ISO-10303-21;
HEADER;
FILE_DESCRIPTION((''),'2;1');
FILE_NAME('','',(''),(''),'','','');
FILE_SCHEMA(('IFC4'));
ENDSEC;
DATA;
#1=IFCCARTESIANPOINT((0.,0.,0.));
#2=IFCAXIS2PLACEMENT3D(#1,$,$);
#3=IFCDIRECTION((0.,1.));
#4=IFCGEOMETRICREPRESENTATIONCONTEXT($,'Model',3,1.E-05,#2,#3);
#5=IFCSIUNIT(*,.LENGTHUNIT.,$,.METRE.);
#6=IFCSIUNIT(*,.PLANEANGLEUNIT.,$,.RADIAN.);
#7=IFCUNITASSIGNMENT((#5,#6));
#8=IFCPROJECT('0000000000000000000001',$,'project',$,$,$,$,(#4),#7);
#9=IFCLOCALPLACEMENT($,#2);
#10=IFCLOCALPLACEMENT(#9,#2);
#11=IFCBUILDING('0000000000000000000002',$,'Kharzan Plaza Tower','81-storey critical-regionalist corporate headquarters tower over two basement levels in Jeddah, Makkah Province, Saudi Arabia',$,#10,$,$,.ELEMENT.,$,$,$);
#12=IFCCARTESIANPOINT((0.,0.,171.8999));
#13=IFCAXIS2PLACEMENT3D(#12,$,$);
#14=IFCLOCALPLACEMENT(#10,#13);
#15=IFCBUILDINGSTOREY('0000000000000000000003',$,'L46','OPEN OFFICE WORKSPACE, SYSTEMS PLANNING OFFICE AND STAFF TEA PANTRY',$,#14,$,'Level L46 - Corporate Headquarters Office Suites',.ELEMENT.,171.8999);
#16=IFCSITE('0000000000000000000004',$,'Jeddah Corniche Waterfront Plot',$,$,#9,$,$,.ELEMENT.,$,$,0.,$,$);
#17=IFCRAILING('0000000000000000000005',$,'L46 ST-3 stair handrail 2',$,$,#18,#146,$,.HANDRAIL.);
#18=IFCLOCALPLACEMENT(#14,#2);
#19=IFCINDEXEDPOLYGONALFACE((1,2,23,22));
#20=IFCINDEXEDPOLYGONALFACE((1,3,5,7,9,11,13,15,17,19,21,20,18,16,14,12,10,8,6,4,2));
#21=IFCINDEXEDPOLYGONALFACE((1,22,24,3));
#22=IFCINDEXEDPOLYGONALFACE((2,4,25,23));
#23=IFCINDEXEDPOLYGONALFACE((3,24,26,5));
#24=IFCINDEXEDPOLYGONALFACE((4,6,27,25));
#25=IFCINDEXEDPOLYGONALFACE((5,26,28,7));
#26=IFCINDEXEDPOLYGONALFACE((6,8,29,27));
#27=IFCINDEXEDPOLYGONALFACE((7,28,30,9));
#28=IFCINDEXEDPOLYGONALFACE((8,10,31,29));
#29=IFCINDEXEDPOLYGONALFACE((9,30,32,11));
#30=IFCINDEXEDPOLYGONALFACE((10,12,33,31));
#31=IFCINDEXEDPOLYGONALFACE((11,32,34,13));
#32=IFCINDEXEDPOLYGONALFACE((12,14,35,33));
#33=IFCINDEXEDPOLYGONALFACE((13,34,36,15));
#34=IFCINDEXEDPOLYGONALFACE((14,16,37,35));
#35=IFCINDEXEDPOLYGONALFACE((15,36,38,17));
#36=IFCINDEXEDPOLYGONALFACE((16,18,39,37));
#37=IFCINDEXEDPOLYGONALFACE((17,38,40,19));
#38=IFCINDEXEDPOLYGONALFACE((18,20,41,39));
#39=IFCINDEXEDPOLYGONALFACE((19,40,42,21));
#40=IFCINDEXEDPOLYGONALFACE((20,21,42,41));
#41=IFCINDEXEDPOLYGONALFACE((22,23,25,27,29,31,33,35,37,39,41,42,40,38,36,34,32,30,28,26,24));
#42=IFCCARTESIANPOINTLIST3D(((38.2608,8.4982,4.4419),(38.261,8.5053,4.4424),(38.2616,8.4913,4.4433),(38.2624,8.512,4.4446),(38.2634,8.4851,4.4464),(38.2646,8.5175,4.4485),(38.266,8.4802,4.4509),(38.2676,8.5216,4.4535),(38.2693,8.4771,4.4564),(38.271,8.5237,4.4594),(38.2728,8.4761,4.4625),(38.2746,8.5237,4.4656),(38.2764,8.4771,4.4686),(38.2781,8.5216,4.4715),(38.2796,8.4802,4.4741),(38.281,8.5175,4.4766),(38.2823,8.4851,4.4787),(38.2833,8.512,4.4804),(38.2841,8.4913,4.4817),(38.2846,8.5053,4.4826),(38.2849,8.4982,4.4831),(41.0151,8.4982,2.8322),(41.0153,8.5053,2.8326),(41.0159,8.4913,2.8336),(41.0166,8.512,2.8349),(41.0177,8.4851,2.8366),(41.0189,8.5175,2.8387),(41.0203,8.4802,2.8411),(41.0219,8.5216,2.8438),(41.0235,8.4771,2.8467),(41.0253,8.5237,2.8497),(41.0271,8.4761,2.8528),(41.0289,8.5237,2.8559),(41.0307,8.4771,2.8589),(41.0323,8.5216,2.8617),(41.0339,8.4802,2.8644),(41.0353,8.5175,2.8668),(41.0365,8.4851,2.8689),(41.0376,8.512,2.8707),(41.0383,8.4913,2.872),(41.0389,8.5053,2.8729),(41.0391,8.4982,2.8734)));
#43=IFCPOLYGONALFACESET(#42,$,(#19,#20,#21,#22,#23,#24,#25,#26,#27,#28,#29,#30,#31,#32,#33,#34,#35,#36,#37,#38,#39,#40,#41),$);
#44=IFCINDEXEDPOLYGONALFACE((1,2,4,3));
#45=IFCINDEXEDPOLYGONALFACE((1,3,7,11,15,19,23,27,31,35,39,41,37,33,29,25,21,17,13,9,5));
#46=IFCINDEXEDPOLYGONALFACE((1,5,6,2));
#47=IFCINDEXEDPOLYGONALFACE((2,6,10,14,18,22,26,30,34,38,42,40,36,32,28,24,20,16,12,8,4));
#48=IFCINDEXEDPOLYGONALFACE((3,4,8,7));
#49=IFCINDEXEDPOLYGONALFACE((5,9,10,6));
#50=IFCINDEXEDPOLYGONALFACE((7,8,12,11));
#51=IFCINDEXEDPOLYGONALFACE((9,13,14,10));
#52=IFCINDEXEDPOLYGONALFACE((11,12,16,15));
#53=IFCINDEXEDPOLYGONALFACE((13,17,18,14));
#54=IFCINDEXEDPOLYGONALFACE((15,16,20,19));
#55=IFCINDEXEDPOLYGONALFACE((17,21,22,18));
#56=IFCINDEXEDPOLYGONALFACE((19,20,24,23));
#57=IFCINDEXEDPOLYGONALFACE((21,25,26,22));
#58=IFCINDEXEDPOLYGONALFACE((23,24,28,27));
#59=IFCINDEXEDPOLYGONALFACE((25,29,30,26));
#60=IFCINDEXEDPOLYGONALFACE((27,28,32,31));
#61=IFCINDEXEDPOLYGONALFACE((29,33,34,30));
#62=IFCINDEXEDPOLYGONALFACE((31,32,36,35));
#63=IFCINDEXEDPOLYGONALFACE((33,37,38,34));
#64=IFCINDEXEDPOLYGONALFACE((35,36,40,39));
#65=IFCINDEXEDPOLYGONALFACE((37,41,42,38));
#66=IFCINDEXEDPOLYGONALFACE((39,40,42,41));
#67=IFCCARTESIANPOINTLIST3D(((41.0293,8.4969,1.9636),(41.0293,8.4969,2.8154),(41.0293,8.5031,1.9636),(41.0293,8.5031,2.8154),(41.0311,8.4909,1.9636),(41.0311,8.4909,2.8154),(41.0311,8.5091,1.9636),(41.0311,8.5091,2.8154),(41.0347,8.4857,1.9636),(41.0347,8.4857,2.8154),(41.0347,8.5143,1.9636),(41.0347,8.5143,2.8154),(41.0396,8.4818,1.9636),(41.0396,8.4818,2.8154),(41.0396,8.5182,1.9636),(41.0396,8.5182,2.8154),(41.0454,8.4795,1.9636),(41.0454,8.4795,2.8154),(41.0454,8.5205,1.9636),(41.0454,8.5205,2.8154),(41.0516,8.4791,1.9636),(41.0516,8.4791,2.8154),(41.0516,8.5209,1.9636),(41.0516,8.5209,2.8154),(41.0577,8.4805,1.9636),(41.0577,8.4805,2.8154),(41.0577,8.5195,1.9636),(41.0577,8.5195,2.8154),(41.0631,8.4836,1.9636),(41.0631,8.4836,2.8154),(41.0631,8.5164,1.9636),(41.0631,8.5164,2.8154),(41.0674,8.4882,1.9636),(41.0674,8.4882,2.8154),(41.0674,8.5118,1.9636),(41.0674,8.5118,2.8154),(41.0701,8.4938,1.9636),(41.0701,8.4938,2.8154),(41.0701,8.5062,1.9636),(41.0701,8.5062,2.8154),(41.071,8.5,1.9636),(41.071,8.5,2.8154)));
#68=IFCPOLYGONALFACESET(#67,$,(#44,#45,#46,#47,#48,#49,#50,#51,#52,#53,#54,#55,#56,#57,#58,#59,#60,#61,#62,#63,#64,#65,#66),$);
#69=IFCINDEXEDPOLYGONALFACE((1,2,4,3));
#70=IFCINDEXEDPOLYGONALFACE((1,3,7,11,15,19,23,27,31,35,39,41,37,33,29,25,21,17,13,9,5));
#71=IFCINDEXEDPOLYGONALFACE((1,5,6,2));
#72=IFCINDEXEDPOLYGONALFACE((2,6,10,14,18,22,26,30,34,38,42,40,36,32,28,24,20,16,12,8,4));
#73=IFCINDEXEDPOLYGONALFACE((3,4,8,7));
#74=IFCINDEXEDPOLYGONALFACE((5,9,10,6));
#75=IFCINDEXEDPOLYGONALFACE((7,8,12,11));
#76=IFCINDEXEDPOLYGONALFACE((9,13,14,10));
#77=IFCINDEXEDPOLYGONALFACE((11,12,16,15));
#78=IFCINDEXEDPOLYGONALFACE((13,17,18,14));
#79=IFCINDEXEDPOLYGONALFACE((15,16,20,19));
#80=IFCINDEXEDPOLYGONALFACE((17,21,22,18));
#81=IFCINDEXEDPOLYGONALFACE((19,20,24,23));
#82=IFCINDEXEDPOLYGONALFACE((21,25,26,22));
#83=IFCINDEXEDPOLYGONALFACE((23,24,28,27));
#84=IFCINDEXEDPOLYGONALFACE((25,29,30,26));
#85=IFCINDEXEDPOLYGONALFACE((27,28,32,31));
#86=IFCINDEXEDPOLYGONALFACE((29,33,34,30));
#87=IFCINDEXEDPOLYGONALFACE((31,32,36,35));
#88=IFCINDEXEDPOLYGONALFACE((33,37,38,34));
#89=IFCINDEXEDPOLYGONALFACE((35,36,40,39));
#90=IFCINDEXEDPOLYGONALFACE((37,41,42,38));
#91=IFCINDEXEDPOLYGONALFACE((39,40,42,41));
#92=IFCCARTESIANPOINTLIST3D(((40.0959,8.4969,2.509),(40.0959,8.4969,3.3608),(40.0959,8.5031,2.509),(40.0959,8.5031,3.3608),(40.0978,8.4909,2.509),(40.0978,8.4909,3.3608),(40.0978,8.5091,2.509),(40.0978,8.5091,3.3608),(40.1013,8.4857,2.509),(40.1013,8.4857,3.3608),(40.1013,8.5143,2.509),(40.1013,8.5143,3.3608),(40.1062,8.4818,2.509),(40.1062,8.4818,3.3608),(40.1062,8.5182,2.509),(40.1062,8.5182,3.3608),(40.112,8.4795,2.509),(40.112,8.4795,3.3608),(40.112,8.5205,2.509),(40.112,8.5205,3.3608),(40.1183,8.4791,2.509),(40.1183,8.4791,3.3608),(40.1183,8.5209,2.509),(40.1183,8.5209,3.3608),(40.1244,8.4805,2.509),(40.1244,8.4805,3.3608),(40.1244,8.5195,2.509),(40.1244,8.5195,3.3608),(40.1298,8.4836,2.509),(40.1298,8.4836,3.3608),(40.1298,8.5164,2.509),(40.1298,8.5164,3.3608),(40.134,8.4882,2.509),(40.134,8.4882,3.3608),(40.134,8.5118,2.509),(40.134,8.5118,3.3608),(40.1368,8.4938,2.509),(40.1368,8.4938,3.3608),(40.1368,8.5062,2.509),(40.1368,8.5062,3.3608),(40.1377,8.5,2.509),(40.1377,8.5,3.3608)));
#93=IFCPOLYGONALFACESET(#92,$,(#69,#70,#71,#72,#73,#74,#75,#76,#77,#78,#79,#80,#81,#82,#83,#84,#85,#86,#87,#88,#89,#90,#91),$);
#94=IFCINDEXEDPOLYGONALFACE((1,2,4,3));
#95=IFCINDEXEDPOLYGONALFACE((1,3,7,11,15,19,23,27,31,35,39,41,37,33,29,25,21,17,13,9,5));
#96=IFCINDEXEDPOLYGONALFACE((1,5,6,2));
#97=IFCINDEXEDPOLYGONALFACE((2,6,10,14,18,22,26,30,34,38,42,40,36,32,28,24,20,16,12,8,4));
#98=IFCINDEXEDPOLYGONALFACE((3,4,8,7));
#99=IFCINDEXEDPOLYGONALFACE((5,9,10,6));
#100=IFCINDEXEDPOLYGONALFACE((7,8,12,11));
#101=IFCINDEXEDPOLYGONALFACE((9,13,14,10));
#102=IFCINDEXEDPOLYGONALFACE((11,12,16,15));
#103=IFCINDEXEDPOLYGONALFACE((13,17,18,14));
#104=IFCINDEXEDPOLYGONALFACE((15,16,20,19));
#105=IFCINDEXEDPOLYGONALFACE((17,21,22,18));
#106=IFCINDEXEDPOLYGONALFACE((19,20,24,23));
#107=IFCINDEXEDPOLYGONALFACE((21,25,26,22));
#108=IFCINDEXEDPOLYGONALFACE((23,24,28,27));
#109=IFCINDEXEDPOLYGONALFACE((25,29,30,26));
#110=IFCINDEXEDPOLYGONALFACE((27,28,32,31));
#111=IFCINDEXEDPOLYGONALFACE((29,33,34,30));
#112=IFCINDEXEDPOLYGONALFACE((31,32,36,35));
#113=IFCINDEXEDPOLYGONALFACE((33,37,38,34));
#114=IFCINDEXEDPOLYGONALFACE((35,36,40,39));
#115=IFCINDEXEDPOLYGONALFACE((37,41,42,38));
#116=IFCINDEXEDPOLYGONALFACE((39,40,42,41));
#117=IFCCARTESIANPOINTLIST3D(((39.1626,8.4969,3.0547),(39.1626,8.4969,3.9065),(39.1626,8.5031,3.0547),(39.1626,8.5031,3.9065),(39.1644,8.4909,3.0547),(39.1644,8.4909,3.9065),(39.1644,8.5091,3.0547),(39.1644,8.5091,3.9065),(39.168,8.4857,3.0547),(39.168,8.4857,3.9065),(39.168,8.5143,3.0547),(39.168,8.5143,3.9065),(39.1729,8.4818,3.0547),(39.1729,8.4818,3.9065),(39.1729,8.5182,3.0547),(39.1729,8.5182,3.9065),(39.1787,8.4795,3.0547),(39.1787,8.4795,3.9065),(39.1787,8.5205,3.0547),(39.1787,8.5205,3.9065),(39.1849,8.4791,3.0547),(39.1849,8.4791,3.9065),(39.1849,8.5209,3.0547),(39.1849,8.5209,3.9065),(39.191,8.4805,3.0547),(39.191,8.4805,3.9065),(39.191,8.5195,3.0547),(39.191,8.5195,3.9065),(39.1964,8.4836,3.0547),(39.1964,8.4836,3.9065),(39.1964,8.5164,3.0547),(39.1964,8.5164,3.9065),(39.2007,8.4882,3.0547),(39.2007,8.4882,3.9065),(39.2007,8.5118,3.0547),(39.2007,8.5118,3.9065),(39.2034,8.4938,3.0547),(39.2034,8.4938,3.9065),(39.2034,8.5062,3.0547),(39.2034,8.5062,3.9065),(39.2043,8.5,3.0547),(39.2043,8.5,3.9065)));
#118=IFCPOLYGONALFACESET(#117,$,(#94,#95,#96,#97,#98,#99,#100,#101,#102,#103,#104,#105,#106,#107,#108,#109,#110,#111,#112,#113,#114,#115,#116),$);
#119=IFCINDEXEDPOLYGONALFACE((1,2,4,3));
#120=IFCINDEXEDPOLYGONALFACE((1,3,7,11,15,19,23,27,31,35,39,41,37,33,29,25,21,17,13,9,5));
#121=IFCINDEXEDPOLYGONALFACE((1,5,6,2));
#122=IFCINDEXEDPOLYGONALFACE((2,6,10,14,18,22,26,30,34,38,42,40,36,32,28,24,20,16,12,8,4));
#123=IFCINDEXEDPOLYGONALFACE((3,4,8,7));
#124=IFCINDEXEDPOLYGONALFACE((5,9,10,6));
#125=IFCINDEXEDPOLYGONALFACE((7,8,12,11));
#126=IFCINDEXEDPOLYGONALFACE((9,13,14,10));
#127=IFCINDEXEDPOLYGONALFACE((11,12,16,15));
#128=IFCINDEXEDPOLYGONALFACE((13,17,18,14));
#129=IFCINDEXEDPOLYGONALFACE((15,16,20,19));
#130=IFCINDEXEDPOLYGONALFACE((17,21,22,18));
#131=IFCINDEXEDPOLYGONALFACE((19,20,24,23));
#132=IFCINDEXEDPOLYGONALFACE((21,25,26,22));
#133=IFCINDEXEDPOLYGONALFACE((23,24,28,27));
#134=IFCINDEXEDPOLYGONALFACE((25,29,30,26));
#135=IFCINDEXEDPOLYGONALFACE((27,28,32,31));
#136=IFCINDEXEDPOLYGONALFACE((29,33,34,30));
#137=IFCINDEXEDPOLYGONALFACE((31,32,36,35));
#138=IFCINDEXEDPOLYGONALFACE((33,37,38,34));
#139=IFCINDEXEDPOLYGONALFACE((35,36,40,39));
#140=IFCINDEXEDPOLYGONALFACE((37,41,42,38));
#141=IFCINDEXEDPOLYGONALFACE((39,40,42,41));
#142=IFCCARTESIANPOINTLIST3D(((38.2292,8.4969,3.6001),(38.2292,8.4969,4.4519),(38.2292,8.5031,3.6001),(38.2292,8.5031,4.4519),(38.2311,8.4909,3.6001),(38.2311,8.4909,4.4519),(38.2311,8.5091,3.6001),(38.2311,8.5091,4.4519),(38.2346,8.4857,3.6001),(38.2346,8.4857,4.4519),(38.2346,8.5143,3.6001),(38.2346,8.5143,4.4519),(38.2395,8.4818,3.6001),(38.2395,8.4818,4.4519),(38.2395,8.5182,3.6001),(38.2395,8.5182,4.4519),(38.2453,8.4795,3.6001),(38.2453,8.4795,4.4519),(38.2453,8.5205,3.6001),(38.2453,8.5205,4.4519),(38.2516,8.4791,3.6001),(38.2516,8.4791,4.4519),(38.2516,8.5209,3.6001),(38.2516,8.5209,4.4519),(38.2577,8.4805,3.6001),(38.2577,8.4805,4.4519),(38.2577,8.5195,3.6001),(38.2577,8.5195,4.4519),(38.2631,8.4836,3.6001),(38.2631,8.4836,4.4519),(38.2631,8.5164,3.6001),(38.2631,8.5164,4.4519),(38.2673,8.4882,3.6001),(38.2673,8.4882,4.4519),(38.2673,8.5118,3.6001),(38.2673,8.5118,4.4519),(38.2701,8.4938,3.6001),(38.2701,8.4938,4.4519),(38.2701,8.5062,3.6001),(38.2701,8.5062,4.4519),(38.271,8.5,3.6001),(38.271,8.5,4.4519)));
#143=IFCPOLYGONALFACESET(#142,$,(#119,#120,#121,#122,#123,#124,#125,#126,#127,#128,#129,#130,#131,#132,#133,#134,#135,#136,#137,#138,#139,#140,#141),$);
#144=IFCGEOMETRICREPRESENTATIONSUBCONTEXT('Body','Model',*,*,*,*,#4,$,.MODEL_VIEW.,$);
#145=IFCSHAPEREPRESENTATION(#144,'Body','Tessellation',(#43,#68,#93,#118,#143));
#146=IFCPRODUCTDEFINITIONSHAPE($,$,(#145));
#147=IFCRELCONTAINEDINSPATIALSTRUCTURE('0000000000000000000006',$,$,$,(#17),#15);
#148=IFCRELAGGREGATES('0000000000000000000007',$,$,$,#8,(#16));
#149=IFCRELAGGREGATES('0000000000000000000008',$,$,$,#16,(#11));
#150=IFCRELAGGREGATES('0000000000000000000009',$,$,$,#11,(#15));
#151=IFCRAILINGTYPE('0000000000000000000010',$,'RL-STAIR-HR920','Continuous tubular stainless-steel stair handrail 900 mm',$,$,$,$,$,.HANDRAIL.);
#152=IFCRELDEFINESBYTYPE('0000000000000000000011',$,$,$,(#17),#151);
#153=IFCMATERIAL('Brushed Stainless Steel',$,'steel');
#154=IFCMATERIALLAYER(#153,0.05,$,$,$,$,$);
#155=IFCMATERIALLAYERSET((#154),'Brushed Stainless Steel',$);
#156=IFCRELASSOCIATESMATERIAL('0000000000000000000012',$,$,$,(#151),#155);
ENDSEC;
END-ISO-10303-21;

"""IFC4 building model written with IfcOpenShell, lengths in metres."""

from ifc_helpers import new_model, si_unit, direction, frame, origin, origin_2d, place, context, subcontext, project, spatial, circle, extrude, source, transform, mapped, material, layer, layer_set, type_object, element, save


model = new_model("IFC4")

# Units and contexts
model_context = context("Model", 3, precision=1e-05, world=origin(), true_north=direction((0.0, 1.0)))
body_context = subcontext(model_context, "Body", "Model", "MODEL_VIEW")
ifc_project = project(units=[si_unit("LENGTHUNIT", "METRE"), si_unit("PLANEANGLEUNIT", "RADIAN")], contexts=[model_context])

# Site, building, storey
site_placement = place(None, origin())
site = spatial("IfcSite", under=ifc_project, at=site_placement, Name="Jeddah Corniche Waterfront Plot", CompositionType="ELEMENT", RefElevation=0.0)
building_placement = place(site_placement, origin())
building = spatial("IfcBuilding", under=site, at=building_placement, Name="Kharzan Plaza Tower", Description="81-storey critical-regionalist corporate headquarters tower over two basement levels in Jeddah, Makkah Province, Saudi Arabia", CompositionType="ELEMENT")
storey_placement = place(building_placement, frame((0.0, 0.0, 171.8999)))
storey = spatial("IfcBuildingStorey", under=building, at=storey_placement, Name="L46", Description="OPEN OFFICE WORKSPACE, SYSTEMS PLANNING OFFICE AND STAFF TEA PANTRY", LongName="Level L46 - Corporate Headquarters Office Suites", CompositionType="ELEMENT", Elevation=171.8999)

# Shared definitions
ifc_material_1 = material(Name="Brushed Stainless Steel", Category="steel")

# Railing
ifc_layer_1 = layer(ifc_material_1, 0.05)
ifc_layer_set_1 = layer_set([ifc_layer_1], Name="Brushed Stainless Steel")
railing_type_1 = type_object("IfcRailingType", Name="RL-STAIR-HR920", Description="Continuous tubular stainless-steel stair handrail 900 mm", PredefinedType="HANDRAIL", material=ifc_layer_set_1)
shared_shape_1 = source(origin(), body_context, "Body", "SweptSolid", [
    extrude(circle(Radius=0.0239, at=origin_2d()), frame((-0.0229, 0.0, 0.8892), z_axis=(-0.863361, 0.0, 0.504587), x_axis=(0.0, -1.0, 0.0)), (0.0, 0.0, 1.0), 3.1902),
    extrude(circle(Radius=0.021, at=origin_2d()), origin(), (0.0, 0.0, 1.0), 0.8518),
    extrude(circle(Radius=0.021, at=origin_2d()), frame((-0.9333, 0.0, 0.5454)), (0.0, 0.0, 1.0), 0.8518),
    extrude(circle(Radius=0.021, at=origin_2d()), frame((-1.8667, 0.0, 1.0911)), (0.0, 0.0, 1.0), 0.8518),
    extrude(circle(Radius=0.021, at=origin_2d()), frame((-2.8, 0.0, 1.6365)), (0.0, 0.0, 1.0), 0.8518),
])
railing_1_placement = place(storey_placement, frame((41.05, 8.5, 1.9636)))
element("IfcRailing", 1, at=railing_1_placement, inside=storey, type_object=railing_type_1, Name="L46 ST-3 stair handrail 2", PredefinedType="HANDRAIL", context=body_context, shape_type="MappedRepresentation", body=[
    mapped(shared_shape_1, transform((0.0, 0.0, 0.0), x_axis=(1.0, 0.0, 0.0), y_axis=(0.0, 1.0, 0.0), z_axis=(0.0, 0.0, 1.0))),
])

save(model, "model.ifc")
